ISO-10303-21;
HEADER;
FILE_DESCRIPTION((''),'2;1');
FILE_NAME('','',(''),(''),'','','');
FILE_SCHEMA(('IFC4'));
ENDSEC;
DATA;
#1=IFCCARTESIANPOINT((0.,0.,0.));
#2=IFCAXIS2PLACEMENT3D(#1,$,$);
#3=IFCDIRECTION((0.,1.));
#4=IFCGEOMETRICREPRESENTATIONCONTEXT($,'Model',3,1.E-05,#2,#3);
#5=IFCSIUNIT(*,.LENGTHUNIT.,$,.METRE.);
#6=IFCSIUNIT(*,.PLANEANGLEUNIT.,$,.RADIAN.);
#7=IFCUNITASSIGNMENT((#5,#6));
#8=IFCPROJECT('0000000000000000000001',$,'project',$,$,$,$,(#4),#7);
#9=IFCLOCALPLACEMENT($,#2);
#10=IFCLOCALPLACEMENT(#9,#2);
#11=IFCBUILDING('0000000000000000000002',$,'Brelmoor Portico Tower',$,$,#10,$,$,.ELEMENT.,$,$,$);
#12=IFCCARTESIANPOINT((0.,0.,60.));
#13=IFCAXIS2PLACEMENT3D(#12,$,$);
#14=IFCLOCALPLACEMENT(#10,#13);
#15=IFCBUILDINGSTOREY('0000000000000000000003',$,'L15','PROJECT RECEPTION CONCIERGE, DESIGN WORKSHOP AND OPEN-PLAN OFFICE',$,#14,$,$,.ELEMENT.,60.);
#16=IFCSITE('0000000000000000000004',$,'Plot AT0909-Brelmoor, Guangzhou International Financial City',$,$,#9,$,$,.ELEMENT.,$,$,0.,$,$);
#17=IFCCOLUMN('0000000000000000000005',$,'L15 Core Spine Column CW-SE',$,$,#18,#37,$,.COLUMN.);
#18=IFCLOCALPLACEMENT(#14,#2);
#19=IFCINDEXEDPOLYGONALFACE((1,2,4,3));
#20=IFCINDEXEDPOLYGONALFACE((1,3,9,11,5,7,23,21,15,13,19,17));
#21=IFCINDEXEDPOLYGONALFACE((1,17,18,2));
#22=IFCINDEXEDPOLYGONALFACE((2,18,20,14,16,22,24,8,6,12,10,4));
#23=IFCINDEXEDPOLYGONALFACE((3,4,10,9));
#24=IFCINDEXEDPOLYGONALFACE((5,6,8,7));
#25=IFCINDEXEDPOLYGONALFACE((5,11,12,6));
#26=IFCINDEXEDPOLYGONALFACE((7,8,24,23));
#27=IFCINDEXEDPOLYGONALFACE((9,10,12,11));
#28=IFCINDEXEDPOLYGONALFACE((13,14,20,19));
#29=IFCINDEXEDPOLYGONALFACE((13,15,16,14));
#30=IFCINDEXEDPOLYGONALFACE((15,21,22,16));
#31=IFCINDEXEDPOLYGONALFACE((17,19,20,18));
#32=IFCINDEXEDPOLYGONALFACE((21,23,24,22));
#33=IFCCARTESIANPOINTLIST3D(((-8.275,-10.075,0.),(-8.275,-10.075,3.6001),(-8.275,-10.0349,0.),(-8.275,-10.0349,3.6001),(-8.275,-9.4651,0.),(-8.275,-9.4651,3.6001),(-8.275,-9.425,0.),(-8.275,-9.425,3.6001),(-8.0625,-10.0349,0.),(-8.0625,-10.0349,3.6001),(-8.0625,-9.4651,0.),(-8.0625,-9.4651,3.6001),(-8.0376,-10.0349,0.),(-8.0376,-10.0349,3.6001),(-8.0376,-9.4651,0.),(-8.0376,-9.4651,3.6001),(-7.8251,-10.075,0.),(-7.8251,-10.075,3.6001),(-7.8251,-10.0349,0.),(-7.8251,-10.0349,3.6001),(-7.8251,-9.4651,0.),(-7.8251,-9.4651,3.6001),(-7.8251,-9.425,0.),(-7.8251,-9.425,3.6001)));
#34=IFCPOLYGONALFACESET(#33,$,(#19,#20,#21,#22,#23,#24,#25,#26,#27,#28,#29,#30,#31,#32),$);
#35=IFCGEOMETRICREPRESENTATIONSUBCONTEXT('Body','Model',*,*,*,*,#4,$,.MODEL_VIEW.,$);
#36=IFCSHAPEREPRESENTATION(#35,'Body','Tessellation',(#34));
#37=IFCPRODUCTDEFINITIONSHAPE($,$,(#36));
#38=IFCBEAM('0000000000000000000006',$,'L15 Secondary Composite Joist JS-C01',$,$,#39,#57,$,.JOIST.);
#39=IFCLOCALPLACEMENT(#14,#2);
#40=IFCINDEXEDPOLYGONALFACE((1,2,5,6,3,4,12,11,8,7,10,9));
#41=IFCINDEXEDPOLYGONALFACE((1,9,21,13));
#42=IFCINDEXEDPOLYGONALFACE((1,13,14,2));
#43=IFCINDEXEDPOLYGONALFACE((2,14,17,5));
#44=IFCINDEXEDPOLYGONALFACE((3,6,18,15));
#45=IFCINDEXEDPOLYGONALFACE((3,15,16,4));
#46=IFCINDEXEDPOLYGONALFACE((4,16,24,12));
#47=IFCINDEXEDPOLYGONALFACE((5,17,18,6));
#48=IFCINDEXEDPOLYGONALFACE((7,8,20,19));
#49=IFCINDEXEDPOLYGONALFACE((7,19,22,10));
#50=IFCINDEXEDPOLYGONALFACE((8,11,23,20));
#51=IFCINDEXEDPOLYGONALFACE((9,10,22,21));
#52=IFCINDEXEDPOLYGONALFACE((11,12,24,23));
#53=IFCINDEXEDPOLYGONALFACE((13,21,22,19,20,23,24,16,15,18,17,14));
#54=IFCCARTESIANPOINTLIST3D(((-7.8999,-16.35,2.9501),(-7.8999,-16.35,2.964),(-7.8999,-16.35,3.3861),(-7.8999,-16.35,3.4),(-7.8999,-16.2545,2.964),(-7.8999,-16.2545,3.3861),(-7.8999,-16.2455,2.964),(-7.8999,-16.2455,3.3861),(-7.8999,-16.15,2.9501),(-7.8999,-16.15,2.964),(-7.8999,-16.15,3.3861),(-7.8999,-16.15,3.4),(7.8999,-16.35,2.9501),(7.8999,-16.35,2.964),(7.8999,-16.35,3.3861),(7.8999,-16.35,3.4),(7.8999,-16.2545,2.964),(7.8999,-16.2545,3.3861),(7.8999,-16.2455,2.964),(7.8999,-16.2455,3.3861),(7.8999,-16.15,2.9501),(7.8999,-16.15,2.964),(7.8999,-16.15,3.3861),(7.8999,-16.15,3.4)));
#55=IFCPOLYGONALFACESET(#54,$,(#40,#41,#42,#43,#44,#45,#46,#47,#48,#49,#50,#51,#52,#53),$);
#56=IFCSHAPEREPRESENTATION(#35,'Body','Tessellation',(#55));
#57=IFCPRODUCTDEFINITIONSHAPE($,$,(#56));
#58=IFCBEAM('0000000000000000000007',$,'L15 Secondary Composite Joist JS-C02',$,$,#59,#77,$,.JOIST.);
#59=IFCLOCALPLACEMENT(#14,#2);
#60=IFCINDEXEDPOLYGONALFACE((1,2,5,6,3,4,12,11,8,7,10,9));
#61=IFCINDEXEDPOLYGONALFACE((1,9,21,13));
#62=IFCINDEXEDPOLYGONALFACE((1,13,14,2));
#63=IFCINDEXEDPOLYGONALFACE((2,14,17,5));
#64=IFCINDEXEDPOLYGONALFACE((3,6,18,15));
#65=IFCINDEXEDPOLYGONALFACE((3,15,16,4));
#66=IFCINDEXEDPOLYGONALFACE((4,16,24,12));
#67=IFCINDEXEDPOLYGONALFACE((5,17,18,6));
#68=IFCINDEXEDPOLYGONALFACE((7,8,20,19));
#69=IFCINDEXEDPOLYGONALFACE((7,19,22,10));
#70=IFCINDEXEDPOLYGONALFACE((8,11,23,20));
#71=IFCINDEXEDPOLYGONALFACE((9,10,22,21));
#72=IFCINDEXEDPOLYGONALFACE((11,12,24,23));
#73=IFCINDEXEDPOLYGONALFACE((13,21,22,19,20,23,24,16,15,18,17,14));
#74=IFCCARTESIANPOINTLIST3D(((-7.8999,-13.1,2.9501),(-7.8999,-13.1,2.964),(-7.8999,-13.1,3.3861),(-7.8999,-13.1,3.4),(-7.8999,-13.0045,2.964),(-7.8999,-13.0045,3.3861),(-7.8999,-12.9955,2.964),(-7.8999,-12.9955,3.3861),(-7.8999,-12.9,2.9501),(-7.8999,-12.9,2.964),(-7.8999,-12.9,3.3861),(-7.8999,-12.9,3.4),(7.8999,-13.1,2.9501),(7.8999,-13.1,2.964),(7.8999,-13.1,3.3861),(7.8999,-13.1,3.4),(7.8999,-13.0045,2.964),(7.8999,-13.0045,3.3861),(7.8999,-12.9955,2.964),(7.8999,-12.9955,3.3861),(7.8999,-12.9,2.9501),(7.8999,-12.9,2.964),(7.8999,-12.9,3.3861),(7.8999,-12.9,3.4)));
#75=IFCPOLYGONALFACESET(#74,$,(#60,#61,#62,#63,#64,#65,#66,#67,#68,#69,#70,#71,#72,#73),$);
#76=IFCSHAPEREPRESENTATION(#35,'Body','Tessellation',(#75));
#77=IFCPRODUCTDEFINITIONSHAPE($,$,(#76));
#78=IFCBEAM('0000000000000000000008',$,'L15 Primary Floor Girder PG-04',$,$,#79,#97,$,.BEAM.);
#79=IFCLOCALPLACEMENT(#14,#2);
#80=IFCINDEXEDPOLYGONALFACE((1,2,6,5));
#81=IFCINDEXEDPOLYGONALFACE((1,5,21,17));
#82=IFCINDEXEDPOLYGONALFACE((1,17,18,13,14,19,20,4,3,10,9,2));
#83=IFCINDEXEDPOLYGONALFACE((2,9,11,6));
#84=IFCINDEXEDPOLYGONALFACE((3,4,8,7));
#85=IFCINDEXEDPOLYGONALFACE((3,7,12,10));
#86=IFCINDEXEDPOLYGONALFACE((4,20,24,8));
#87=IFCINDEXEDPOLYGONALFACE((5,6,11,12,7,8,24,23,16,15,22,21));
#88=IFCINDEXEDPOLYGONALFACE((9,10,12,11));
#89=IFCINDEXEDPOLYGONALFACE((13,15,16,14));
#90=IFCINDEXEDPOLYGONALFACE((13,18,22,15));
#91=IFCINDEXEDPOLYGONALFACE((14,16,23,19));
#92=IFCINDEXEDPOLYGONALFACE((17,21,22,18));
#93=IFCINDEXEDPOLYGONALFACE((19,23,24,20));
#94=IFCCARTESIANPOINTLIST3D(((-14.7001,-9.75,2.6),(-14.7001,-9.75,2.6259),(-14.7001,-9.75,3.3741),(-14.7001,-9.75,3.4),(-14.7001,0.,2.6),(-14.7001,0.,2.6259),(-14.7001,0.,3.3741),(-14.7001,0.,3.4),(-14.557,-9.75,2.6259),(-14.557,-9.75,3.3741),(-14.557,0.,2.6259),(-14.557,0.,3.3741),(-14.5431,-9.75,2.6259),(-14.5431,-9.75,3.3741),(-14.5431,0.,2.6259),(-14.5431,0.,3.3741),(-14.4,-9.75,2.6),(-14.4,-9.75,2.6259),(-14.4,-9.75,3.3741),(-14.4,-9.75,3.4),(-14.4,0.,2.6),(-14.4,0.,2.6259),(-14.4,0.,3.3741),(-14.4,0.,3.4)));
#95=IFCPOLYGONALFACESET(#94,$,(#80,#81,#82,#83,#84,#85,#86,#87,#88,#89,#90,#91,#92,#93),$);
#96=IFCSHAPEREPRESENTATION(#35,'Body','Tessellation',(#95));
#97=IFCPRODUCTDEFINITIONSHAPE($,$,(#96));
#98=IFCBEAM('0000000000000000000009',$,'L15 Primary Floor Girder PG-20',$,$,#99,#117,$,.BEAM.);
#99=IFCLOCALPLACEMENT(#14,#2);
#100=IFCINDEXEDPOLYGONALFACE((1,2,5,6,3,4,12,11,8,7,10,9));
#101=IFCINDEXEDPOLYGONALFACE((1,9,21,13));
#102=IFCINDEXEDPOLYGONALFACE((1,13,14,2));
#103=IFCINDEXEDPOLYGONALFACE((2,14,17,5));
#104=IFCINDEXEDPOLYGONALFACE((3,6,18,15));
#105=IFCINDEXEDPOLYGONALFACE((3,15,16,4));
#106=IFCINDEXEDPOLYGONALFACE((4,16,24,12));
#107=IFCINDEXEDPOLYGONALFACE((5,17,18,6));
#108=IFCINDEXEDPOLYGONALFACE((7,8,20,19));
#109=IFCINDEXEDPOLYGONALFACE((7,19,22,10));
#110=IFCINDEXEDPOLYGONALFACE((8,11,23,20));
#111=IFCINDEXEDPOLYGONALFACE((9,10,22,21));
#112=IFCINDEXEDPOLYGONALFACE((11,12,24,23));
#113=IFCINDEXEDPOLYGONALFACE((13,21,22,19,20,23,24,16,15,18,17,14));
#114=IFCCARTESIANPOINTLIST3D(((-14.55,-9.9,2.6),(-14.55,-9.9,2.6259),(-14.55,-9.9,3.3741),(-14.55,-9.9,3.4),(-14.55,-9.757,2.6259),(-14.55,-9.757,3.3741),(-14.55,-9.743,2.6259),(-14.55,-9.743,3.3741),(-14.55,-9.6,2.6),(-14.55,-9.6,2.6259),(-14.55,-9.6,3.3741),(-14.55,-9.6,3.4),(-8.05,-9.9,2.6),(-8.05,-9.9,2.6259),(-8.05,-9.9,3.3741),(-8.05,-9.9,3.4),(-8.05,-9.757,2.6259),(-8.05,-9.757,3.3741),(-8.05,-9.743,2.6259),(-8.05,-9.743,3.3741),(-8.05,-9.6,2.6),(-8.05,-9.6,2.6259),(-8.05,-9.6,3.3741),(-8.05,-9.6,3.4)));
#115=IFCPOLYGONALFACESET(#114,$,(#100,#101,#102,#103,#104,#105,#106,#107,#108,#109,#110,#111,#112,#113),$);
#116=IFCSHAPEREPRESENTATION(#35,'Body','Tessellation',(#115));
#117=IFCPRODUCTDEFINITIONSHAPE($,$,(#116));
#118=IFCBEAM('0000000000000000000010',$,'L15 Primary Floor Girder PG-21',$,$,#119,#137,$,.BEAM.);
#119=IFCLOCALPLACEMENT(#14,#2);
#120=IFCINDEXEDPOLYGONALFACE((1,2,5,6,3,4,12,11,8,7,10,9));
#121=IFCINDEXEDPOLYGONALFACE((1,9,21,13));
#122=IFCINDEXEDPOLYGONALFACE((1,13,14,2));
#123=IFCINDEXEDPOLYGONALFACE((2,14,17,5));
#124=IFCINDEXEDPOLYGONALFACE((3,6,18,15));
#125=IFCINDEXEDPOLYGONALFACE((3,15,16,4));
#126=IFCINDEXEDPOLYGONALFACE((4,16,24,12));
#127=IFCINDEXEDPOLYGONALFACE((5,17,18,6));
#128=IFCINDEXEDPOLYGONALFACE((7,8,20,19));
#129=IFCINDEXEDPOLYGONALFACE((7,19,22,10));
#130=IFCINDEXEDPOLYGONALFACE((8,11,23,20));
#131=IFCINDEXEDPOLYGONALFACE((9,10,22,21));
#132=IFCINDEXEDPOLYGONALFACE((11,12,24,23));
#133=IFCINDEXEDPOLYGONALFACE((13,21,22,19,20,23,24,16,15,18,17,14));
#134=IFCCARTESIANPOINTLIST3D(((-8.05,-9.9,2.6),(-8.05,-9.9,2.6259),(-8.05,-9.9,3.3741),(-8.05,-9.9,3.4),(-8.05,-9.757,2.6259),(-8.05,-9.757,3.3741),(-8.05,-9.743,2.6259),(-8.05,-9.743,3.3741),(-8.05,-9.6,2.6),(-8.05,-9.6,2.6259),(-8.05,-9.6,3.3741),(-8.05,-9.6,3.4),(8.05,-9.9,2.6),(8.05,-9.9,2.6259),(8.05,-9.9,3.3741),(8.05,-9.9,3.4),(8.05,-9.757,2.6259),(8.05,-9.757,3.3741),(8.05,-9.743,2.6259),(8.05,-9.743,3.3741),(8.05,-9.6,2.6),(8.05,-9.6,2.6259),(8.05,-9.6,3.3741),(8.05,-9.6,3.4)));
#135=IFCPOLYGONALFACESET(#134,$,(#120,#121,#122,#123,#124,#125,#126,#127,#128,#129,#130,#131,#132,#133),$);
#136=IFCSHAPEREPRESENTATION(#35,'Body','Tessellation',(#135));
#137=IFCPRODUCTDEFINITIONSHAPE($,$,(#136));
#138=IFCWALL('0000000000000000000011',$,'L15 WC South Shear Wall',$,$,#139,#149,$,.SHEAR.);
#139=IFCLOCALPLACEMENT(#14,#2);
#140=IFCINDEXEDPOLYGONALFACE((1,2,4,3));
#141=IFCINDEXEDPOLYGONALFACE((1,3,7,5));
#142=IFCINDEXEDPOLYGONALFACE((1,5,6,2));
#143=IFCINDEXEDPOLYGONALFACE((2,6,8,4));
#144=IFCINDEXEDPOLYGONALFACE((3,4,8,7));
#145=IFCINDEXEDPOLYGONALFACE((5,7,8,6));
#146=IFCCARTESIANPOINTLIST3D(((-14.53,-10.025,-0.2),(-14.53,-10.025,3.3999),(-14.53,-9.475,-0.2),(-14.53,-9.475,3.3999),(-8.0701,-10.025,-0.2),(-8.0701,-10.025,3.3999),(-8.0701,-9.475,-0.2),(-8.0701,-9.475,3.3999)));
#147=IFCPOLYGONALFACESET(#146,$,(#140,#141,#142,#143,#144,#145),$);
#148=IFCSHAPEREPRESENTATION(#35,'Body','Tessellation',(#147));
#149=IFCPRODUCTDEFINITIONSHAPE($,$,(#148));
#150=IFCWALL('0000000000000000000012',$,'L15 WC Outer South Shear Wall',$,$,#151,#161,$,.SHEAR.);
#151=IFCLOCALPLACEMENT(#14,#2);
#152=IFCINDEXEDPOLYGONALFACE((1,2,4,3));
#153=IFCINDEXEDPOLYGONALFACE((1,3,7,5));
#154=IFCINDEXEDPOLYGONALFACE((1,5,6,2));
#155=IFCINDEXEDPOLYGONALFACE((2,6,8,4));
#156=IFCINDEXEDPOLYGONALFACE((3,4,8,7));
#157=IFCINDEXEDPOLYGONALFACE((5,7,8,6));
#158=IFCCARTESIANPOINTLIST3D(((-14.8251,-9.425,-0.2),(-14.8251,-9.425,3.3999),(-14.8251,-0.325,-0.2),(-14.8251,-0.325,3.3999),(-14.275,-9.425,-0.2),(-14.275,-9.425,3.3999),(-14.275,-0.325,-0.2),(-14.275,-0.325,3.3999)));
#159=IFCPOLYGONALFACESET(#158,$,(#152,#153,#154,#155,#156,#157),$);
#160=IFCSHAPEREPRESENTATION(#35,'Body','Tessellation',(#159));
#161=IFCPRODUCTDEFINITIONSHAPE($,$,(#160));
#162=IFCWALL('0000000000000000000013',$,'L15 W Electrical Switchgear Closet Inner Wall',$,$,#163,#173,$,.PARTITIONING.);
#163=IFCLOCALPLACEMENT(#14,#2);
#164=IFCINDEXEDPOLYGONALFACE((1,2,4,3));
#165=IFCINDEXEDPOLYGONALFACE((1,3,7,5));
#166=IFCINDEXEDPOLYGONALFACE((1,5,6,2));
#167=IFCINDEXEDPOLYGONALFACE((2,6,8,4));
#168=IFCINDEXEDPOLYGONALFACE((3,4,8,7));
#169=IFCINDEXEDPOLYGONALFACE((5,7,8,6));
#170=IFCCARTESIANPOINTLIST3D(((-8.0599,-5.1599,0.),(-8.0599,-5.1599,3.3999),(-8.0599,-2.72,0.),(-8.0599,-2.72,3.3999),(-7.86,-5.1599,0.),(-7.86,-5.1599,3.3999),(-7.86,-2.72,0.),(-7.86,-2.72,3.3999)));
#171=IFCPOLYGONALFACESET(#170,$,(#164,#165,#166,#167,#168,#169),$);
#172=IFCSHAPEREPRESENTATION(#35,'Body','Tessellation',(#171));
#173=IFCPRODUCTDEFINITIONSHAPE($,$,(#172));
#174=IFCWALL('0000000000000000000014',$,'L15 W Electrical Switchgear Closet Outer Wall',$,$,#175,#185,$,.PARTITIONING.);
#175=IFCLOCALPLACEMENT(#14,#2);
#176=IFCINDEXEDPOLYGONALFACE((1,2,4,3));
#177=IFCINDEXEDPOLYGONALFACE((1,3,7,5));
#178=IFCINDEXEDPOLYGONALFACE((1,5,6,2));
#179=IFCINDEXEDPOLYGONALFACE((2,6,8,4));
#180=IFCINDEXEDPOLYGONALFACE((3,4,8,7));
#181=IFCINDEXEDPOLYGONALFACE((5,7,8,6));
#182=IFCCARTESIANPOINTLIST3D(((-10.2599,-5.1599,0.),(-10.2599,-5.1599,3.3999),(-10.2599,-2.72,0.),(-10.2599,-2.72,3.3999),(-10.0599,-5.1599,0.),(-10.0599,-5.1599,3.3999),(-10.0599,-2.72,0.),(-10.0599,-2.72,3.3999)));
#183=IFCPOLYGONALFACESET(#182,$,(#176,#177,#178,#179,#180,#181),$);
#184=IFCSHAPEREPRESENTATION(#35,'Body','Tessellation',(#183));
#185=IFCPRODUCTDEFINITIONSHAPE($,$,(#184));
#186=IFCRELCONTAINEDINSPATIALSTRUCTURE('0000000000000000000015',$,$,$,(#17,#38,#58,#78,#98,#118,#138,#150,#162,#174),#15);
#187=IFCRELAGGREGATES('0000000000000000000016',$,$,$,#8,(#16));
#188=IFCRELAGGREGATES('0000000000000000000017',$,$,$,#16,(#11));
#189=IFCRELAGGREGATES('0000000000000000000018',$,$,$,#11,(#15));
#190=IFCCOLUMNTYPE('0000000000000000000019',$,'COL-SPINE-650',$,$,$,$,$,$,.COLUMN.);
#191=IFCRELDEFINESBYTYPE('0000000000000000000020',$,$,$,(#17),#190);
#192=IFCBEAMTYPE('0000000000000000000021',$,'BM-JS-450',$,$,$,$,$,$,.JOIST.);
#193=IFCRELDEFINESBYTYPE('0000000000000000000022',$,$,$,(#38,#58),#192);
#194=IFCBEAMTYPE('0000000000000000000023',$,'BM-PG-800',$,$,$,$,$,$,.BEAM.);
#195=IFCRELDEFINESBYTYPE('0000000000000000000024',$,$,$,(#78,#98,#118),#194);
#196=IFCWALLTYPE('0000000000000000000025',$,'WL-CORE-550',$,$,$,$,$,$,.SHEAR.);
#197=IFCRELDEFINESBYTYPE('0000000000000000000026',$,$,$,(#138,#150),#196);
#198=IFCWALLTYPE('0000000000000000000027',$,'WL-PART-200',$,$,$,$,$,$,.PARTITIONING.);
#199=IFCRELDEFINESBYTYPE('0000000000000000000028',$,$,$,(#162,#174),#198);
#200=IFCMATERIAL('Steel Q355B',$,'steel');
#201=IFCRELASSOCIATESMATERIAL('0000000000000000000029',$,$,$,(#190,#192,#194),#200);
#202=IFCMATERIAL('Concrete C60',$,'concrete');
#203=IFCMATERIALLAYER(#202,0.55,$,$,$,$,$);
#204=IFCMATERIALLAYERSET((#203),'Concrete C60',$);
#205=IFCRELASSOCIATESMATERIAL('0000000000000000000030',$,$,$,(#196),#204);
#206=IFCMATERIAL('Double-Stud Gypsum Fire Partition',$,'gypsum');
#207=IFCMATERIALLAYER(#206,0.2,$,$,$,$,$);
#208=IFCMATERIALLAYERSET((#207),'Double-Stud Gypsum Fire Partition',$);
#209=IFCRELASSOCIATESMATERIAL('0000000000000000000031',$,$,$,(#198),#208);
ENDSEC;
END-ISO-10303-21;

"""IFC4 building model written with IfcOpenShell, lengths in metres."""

from ifc_helpers import new_model, si_unit, direction, frame, frame_2d, origin, origin_2d, place, context, subcontext, project, spatial, rectangle, i_section, extrude, material, layer, layer_set, material_profile, profile_set, type_object, element, save


model = new_model("IFC4")

# Units and contexts
model_context = context("Model", 3, precision=1e-05, world=origin(), true_north=direction((0.0, 1.0)))
body_context = subcontext(model_context, "Body", "Model", "MODEL_VIEW")
ifc_project = project(units=[si_unit("LENGTHUNIT", "METRE"), si_unit("PLANEANGLEUNIT", "RADIAN")], contexts=[model_context])

# Site, building, storey
site_placement = place(None, origin())
site = spatial("IfcSite", under=ifc_project, at=site_placement, Name="Plot AT0909-Brelmoor, Guangzhou International Financial City", CompositionType="ELEMENT", RefElevation=0.0)
building_placement = place(site_placement, origin())
building = spatial("IfcBuilding", under=site, at=building_placement, Name="Brelmoor Portico Tower", CompositionType="ELEMENT")
storey_placement = place(building_placement, frame((0.0, 0.0, 60.0)))
storey = spatial("IfcBuildingStorey", under=building, at=storey_placement, Name="L15", Description="PROJECT RECEPTION CONCIERGE, DESIGN WORKSHOP AND OPEN-PLAN OFFICE", CompositionType="ELEMENT", Elevation=60.0)

# Column
ifc_material_1 = material(Name="Steel Q355B", Category="steel")
ifc_material_profile_1 = material_profile(ifc_material_1, i_section(OverallWidth=0.45, OverallDepth=0.6499, WebThickness=0.0249, FlangeThickness=0.04, at=origin_2d()), Name="HW 650x450x25x40")
ifc_profile_set_1 = profile_set([ifc_material_profile_1], Name="Steel Q355B")
column_type = type_object("IfcColumnType", Name="COL-SPINE-650", PredefinedType="COLUMN", material=ifc_profile_set_1)
column_placement = place(storey_placement, frame((-8.05, -9.75, 0.0), z_axis=(0.0, 0.0, 1.0), x_axis=(1.0, 0.0, 0.0)))
element("IfcColumn", 1, at=column_placement, inside=storey, type_object=column_type, Name="L15 Core Spine Column CW-SE", PredefinedType="COLUMN", context=body_context, shape_type="SweptSolid", body=[
    extrude(i_section(OverallWidth=0.45, OverallDepth=0.6499, WebThickness=0.0249, FlangeThickness=0.04, at=origin_2d()), origin(), (0.0, 0.0, 1.0), 3.6001),
])

# Beams
ifc_material_profile_2 = material_profile(ifc_material_1, i_section(OverallWidth=0.2, OverallDepth=0.45, WebThickness=0.009, FlangeThickness=0.0139, at=origin_2d()), Name="HN 450x200x9x14")
ifc_profile_set_2 = profile_set([ifc_material_profile_2], Name="Steel Q355B")
beam_type_1 = type_object("IfcBeamType", Name="BM-JS-450", PredefinedType="JOIST", material=ifc_profile_set_2)
for number, where, z_axis, x_axis, name in (
    (2, (-7.8999, -16.25, 3.175), (1.0, 0.0, 0.0), (0.0, 1.0, 0.0), "L15 Secondary Composite Joist JS-C01"),
    (3, (-7.8999, -13.0, 3.175), (1.0, 0.0, 0.0), (0.0, 1.0, 0.0), "L15 Secondary Composite Joist JS-C02"),
):
    element("IfcBeam", number, at=place(storey_placement, frame(where, z_axis=z_axis, x_axis=x_axis)), inside=storey, type_object=beam_type_1, Name=name, PredefinedType="JOIST", context=body_context, shape_type="SweptSolid", body=[
        extrude(i_section(OverallWidth=0.2, OverallDepth=0.45, WebThickness=0.009, FlangeThickness=0.0139, at=origin_2d()), origin(), (0.0, 0.0, 1.0), 15.7998),
    ])
ifc_material_profile_3 = material_profile(ifc_material_1, i_section(OverallWidth=0.3, OverallDepth=0.8, WebThickness=0.0139, FlangeThickness=0.0259, at=origin_2d()), Name="HN 800x300x14x26")
ifc_profile_set_3 = profile_set([ifc_material_profile_3], Name="Steel Q355B")
beam_type_2 = type_object("IfcBeamType", Name="BM-PG-800", PredefinedType="BEAM", material=ifc_profile_set_3)
beam_1_placement = place(storey_placement, frame((-14.55, -9.75, 3.0), z_axis=(0.0, 1.0, 0.0), x_axis=(-1.0, 0.0, 0.0)))
element("IfcBeam", 4, at=beam_1_placement, inside=storey, type_object=beam_type_2, Name="L15 Primary Floor Girder PG-04", PredefinedType="BEAM", context=body_context, shape_type="SweptSolid", body=[
    extrude(i_section(OverallWidth=0.3, OverallDepth=0.8, WebThickness=0.0139, FlangeThickness=0.0259, at=origin_2d()), origin(), (0.0, 0.0, 1.0), 9.75),
])
beam_2_placement = place(storey_placement, frame((-14.55, -9.75, 3.0), z_axis=(1.0, 0.0, 0.0), x_axis=(0.0, 1.0, 0.0)))
element("IfcBeam", 5, at=beam_2_placement, inside=storey, type_object=beam_type_2, Name="L15 Primary Floor Girder PG-20", PredefinedType="BEAM", context=body_context, shape_type="SweptSolid", body=[
    extrude(i_section(OverallWidth=0.3, OverallDepth=0.8, WebThickness=0.0139, FlangeThickness=0.0259, at=origin_2d()), origin(), (0.0, 0.0, 1.0), 6.5),
])
beam_3_placement = place(storey_placement, frame((-8.05, -9.75, 3.0), z_axis=(1.0, 0.0, 0.0), x_axis=(0.0, 1.0, 0.0)))
element("IfcBeam", 6, at=beam_3_placement, inside=storey, type_object=beam_type_2, Name="L15 Primary Floor Girder PG-21", PredefinedType="BEAM", context=body_context, shape_type="SweptSolid", body=[
    extrude(i_section(OverallWidth=0.3, OverallDepth=0.8, WebThickness=0.0139, FlangeThickness=0.0259, at=origin_2d()), origin(), (0.0, 0.0, 1.0), 16.1001),
])

# Walls
ifc_material_2 = material(Name="Concrete C60", Category="concrete")
ifc_layer_1 = layer(ifc_material_2, 0.55)
ifc_layer_set_1 = layer_set([ifc_layer_1], Name="Concrete C60")
wall_type_1 = type_object("IfcWallType", Name="WL-CORE-550", PredefinedType="SHEAR", material=ifc_layer_set_1)
wall_1_placement = place(storey_placement, frame((-14.53, -9.75, -0.2), z_axis=(0.0, 0.0, 1.0), x_axis=(1.0, 0.0, 0.0)))
element("IfcWall", 7, at=wall_1_placement, inside=storey, type_object=wall_type_1, Name="L15 WC South Shear Wall", PredefinedType="SHEAR", context=body_context, shape_type="SweptSolid", body=[
    extrude(rectangle(XDim=6.46, YDim=0.55, at=frame_2d((3.23, 0.0))), origin(), (0.0, 0.0, 1.0), 3.5999),
])
wall_2_placement = place(storey_placement, frame((-14.55, -9.425, -0.2), z_axis=(0.0, 0.0, 1.0), x_axis=(0.0, 1.0, 0.0)))
element("IfcWall", 8, at=wall_2_placement, inside=storey, type_object=wall_type_1, Name="L15 WC Outer South Shear Wall", PredefinedType="SHEAR", context=body_context, shape_type="SweptSolid", body=[
    extrude(rectangle(XDim=9.1001, YDim=0.55, at=frame_2d((4.55, 0.0))), origin(), (0.0, 0.0, 1.0), 3.5999),
])

# Walls
ifc_material_3 = material(Name="Double-Stud Gypsum Fire Partition", Category="gypsum")
ifc_layer_2 = layer(ifc_material_3, 0.2)
ifc_layer_set_2 = layer_set([ifc_layer_2], Name="Double-Stud Gypsum Fire Partition")
wall_type_2 = type_object("IfcWallType", Name="WL-PART-200", PredefinedType="PARTITIONING", material=ifc_layer_set_2)
for number, where, z_axis, x_axis, name in (
    (9, (-7.96, -5.1599, 0.0), (0.0, 0.0, 1.0), (0.0, 1.0, 0.0), "L15 W Electrical Switchgear Closet Inner Wall"),
    (10, (-10.1599, -5.1599, 0.0), (0.0, 0.0, 1.0), (0.0, 1.0, 0.0), "L15 W Electrical Switchgear Closet Outer Wall"),
):
    element("IfcWall", number, at=place(storey_placement, frame(where, z_axis=z_axis, x_axis=x_axis)), inside=storey, type_object=wall_type_2, Name=name, PredefinedType="PARTITIONING", context=body_context, shape_type="SweptSolid", body=[
        extrude(rectangle(XDim=2.4399, YDim=0.2, at=frame_2d((1.22, 0.0))), origin(), (0.0, 0.0, 1.0), 3.3999),
    ])

save(model, "model.ifc")
